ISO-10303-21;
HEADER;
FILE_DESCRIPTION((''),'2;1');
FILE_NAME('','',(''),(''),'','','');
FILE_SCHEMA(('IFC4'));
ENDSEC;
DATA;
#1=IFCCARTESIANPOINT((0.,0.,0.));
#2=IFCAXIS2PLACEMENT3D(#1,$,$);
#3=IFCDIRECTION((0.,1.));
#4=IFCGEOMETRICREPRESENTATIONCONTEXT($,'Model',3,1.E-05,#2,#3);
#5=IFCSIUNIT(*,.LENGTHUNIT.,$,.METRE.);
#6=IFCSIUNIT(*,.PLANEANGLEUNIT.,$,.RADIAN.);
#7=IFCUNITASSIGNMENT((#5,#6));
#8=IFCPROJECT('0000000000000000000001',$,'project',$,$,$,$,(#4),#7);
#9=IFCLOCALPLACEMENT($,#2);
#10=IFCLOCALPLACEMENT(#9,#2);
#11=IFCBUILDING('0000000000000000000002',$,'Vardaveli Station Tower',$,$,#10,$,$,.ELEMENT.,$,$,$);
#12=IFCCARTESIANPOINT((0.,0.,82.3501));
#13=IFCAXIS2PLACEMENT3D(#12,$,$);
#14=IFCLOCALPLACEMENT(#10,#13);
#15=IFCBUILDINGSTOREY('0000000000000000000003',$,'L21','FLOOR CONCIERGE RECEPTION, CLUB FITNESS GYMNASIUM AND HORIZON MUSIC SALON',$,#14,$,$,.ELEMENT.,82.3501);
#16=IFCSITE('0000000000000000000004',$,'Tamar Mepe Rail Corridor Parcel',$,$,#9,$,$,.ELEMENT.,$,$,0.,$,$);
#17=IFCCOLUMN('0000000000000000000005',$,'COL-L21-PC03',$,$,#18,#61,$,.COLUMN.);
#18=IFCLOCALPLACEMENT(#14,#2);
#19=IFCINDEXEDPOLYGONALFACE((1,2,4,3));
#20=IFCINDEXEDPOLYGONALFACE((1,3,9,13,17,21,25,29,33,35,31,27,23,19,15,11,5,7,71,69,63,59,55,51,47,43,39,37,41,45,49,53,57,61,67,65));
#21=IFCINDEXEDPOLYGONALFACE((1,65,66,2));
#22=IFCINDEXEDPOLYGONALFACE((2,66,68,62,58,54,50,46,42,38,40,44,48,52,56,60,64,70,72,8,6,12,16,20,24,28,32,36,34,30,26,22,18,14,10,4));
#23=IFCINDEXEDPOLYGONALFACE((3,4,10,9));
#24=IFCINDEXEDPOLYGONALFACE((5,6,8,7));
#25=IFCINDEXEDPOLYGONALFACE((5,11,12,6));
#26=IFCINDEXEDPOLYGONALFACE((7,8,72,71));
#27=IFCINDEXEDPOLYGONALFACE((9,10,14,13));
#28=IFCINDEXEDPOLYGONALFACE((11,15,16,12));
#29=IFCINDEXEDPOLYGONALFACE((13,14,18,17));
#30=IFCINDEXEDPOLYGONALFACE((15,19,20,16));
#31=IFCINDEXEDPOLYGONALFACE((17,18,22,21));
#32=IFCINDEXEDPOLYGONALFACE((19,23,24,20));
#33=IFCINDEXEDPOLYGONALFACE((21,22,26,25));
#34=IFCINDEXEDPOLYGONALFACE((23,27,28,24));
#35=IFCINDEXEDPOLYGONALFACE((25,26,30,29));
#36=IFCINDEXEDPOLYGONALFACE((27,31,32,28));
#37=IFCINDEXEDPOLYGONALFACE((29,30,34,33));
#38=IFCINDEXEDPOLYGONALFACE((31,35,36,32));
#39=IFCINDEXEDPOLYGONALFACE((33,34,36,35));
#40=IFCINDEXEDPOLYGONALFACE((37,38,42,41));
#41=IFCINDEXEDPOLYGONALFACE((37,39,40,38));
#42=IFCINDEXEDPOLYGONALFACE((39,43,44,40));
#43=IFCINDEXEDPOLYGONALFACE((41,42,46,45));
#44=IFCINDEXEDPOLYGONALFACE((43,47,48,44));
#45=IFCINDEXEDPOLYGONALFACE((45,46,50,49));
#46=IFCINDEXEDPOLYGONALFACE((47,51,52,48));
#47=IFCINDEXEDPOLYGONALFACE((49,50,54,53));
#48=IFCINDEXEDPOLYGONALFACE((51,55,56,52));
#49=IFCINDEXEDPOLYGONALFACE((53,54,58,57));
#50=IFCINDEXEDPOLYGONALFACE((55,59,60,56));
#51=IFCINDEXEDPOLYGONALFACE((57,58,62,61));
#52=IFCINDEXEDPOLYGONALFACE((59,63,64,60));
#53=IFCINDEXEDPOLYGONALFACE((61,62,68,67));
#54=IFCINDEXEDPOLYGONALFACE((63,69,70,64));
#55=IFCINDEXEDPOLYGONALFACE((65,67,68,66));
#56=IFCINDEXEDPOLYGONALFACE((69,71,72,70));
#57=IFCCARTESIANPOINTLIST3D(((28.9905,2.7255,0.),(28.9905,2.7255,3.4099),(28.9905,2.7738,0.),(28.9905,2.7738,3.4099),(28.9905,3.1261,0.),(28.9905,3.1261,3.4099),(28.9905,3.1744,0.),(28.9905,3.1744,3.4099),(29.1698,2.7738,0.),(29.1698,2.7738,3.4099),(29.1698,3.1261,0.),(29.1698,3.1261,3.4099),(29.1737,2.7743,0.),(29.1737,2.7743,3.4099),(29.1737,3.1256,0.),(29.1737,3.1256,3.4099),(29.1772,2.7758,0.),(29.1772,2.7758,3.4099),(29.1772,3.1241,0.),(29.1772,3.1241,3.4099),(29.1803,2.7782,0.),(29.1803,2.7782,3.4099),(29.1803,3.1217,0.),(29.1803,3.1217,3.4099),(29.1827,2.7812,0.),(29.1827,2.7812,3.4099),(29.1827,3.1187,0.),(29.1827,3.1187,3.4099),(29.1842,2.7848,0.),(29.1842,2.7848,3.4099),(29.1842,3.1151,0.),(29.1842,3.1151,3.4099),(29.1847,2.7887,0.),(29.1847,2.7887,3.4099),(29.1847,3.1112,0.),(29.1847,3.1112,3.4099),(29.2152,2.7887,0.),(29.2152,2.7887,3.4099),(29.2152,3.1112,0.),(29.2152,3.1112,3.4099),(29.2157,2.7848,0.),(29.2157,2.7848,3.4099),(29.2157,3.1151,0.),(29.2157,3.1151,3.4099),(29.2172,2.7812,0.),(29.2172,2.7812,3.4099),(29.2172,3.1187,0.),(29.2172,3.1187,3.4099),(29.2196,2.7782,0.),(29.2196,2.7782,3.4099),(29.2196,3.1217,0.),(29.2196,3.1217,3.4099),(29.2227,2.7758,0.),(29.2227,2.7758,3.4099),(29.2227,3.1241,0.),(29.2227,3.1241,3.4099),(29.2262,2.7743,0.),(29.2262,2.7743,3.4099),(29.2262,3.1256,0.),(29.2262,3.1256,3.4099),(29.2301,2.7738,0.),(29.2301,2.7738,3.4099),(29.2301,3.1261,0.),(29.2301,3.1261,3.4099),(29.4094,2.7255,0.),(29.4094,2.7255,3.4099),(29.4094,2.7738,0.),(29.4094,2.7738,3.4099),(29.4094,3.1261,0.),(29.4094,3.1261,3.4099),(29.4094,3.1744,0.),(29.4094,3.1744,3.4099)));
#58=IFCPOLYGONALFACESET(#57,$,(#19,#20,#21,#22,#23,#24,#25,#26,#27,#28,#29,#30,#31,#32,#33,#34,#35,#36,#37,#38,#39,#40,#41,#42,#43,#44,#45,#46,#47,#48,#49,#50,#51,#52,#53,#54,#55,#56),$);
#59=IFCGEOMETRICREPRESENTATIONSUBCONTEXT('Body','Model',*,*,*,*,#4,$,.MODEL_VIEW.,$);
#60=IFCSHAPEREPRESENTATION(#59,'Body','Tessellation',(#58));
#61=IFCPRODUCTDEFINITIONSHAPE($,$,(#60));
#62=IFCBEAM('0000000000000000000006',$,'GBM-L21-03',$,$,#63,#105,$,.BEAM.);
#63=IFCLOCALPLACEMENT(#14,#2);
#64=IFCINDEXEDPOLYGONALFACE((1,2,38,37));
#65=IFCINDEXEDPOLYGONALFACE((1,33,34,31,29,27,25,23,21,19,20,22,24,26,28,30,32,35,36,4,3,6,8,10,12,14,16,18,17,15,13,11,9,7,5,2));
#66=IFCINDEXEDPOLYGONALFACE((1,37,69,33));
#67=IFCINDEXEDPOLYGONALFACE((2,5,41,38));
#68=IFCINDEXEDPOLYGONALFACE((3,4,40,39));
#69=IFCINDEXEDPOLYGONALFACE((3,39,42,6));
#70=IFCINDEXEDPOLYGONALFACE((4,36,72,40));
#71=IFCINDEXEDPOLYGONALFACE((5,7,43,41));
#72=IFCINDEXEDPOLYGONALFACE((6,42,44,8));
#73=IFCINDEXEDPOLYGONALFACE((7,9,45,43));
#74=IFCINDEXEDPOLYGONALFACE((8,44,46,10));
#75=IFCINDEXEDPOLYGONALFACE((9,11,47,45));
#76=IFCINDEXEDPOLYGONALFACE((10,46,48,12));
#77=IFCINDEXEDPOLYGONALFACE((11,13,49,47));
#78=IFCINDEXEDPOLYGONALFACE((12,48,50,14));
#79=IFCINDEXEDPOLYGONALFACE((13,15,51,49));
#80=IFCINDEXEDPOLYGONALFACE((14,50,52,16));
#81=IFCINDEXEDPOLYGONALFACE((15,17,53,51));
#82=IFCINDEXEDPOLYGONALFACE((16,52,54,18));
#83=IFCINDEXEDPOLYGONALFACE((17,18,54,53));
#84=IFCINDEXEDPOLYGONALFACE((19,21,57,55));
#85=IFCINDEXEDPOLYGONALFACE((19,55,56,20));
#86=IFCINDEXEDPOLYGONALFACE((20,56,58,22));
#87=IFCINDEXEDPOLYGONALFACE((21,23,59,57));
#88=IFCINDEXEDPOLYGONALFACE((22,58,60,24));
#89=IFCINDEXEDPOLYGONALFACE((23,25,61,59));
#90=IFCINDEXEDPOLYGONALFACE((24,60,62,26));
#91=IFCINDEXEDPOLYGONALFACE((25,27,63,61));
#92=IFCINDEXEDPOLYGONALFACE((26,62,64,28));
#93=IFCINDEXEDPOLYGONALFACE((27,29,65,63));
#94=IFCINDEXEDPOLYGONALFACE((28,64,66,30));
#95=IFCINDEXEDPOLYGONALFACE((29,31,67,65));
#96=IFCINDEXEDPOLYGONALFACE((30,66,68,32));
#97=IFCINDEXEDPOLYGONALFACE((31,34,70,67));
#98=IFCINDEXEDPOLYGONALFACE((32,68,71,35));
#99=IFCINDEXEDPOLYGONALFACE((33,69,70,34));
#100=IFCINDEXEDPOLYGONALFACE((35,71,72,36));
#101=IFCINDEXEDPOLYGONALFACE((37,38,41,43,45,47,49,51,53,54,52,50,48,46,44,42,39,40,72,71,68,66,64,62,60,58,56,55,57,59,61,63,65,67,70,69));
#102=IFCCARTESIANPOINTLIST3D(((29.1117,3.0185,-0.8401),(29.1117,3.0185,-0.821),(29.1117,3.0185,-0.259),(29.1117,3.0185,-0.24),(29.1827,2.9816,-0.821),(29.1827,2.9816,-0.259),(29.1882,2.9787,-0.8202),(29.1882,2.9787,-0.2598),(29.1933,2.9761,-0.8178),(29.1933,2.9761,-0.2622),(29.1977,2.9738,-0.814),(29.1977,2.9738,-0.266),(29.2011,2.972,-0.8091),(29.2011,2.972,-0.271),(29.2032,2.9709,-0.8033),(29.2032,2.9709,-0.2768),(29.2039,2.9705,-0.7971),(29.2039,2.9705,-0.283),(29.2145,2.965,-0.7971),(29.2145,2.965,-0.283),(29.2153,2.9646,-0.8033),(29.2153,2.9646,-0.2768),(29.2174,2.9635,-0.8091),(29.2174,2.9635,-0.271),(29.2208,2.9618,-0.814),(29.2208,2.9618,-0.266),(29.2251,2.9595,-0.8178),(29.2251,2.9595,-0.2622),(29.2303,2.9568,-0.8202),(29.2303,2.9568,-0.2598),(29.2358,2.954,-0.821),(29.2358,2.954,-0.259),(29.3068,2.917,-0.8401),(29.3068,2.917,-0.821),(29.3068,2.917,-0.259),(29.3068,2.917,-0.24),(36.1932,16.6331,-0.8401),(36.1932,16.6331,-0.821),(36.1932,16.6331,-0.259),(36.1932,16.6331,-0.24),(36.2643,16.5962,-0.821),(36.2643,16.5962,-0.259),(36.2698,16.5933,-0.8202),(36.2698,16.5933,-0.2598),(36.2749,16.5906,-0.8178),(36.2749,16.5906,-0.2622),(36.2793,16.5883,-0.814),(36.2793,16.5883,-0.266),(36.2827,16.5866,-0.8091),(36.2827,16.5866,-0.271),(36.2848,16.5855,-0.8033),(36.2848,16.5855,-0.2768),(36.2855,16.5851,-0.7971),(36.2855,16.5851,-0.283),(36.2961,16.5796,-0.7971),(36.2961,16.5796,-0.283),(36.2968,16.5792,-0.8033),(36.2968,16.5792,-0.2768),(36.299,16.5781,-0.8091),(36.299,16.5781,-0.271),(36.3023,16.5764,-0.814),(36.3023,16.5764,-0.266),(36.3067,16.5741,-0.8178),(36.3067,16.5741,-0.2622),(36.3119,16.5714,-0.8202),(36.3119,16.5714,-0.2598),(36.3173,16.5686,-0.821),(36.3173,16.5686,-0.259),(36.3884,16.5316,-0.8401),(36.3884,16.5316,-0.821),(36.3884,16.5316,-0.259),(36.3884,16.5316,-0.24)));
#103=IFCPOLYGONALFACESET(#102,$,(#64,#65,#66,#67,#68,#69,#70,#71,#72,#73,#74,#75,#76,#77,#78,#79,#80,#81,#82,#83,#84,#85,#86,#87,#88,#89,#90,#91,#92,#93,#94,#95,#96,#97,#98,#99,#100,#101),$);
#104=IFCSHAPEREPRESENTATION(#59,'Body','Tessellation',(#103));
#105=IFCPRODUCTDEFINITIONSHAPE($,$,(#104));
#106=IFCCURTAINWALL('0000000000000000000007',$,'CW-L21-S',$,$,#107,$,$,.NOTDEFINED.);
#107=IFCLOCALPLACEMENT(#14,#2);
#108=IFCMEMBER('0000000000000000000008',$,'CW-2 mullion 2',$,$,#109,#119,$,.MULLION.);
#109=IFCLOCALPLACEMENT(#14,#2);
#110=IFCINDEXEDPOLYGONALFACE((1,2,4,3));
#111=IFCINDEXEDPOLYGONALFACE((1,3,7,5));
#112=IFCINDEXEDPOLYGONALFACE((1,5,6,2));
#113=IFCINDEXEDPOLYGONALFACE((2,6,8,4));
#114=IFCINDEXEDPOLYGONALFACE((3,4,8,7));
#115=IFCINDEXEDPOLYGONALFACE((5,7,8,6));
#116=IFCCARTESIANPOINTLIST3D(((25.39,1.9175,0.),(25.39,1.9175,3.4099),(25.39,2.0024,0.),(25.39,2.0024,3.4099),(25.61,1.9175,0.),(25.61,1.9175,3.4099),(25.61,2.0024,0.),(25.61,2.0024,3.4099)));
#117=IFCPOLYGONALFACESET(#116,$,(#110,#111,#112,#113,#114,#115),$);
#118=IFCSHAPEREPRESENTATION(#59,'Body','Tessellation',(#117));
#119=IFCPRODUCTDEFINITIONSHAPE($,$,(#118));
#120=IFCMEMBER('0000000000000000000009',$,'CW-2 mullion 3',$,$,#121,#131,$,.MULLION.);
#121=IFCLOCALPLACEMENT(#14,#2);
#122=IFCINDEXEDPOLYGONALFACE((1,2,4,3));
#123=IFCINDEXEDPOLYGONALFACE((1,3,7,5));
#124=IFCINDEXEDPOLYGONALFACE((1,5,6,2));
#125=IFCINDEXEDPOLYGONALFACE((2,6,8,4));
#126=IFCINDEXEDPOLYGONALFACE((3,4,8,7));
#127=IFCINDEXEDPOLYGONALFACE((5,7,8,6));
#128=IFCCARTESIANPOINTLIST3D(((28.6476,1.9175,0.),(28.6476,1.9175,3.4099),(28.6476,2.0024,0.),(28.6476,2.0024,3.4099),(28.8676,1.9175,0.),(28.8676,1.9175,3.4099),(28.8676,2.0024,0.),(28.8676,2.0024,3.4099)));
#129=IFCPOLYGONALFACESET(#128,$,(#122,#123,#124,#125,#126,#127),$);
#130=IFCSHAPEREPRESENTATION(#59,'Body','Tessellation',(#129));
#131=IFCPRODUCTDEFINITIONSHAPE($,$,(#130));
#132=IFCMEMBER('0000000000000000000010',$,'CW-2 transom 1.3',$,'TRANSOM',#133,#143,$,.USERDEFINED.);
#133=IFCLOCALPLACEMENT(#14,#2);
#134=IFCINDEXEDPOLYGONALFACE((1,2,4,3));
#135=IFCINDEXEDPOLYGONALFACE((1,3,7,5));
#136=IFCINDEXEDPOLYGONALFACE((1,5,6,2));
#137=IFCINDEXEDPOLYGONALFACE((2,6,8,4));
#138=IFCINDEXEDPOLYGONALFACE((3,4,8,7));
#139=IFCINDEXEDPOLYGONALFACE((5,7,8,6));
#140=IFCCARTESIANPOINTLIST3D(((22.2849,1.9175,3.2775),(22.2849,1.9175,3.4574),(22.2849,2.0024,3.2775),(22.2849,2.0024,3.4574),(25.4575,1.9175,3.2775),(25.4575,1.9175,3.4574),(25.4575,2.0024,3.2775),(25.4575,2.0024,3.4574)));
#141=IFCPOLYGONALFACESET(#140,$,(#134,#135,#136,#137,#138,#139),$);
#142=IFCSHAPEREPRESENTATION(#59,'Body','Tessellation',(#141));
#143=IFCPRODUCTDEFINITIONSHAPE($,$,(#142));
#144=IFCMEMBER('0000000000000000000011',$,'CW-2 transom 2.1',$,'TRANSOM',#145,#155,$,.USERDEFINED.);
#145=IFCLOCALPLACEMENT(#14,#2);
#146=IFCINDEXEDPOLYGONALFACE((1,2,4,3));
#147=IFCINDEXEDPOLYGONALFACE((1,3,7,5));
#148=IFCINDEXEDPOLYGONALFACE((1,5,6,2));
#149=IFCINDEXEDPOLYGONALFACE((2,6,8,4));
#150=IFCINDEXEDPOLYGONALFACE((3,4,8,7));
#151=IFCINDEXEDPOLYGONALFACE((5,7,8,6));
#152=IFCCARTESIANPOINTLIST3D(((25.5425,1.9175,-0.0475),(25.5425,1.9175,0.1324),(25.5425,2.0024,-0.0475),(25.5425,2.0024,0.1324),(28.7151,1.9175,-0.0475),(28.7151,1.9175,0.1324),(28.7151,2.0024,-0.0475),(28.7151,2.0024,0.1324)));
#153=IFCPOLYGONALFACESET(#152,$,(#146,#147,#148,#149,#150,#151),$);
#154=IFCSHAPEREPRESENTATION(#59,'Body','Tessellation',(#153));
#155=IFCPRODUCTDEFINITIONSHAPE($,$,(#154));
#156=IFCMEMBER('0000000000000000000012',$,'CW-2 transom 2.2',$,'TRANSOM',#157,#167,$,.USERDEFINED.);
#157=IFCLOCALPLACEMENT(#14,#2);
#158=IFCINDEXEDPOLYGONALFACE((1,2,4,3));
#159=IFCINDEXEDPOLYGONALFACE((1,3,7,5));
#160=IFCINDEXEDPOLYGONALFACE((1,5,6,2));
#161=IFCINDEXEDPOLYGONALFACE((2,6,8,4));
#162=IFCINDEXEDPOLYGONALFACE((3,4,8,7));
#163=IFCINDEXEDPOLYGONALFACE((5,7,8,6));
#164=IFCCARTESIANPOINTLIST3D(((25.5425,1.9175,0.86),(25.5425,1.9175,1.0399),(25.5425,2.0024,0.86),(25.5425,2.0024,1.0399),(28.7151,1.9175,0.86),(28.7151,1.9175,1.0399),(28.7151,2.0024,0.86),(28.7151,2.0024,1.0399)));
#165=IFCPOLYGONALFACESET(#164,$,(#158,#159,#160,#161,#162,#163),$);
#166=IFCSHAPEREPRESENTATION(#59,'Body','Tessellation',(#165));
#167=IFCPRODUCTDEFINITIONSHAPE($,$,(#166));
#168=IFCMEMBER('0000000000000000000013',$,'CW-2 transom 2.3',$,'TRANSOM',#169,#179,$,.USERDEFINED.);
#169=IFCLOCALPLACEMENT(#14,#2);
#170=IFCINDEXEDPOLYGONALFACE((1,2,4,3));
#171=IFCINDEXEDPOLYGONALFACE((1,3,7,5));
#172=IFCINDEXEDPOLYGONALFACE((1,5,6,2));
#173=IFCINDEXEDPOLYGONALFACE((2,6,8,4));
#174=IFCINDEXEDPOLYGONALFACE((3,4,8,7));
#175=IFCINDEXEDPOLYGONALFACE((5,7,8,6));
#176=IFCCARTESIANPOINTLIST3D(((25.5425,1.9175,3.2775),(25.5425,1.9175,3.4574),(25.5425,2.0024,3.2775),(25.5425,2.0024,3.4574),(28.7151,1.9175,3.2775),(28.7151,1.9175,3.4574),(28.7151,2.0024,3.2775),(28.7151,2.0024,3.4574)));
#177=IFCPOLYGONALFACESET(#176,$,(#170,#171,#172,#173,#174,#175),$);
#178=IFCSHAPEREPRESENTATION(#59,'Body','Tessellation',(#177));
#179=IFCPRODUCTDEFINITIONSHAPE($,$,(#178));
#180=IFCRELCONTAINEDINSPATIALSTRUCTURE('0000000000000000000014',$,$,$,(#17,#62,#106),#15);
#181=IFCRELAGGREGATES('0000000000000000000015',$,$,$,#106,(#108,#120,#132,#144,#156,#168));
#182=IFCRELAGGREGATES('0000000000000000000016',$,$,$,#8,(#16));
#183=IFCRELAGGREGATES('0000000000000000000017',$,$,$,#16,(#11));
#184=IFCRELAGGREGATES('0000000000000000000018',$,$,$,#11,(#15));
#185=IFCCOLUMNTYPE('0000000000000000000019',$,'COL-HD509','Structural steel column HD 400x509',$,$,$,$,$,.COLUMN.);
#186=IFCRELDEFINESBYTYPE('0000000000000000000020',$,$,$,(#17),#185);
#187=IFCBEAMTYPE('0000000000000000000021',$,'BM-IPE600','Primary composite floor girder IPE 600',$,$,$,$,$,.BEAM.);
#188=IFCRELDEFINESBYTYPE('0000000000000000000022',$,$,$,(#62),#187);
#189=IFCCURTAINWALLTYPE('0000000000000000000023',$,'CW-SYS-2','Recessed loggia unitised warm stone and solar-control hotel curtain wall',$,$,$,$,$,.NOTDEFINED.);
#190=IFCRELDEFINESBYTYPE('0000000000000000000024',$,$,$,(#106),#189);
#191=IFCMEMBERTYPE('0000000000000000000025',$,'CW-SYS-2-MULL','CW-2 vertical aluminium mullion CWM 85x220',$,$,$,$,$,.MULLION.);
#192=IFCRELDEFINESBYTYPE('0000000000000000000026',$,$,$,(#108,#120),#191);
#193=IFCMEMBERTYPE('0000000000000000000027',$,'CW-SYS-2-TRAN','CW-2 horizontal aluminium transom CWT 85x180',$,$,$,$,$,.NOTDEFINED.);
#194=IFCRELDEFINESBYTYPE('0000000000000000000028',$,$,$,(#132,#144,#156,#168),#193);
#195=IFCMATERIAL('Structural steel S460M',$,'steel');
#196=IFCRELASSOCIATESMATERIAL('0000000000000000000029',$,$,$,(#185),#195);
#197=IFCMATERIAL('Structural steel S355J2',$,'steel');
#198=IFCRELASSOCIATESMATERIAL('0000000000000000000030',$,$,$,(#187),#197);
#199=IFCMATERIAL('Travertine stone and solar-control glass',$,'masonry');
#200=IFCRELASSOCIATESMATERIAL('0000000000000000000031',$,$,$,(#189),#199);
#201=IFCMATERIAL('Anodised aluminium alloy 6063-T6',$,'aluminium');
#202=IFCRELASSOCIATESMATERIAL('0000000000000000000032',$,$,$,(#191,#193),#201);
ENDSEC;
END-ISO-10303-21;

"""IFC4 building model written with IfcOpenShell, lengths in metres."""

from ifc_helpers import new_model, si_unit, direction, frame, origin, origin_2d, place, context, subcontext, project, spatial, rectangle, i_section, extrude, source, transform, mapped, material, material_profile, profile_set, type_object, element, aggregate, save


model = new_model("IFC4")

# Units and contexts
model_context = context("Model", 3, precision=1e-05, world=origin(), true_north=direction((0.0, 1.0)))
body_context = subcontext(model_context, "Body", "Model", "MODEL_VIEW")
ifc_project = project(units=[si_unit("LENGTHUNIT", "METRE"), si_unit("PLANEANGLEUNIT", "RADIAN")], contexts=[model_context])

# Site, building, storey
site_placement = place(None, origin())
site = spatial("IfcSite", under=ifc_project, at=site_placement, Name="Tamar Mepe Rail Corridor Parcel", CompositionType="ELEMENT", RefElevation=0.0)
building_placement = place(site_placement, origin())
building = spatial("IfcBuilding", under=site, at=building_placement, Name="Vardaveli Station Tower", CompositionType="ELEMENT")
storey_placement = place(building_placement, frame((0.0, 0.0, 82.3501)))
storey = spatial("IfcBuildingStorey", under=building, at=storey_placement, Name="L21", Description="FLOOR CONCIERGE RECEPTION, CLUB FITNESS GYMNASIUM AND HORIZON MUSIC SALON", CompositionType="ELEMENT", Elevation=82.3501)

# Column
ifc_material_1 = material(Name="Structural steel S460M", Category="steel")
ifc_material_profile_1 = material_profile(ifc_material_1, i_section(OverallWidth=0.4189, OverallDepth=0.449, WebThickness=0.0305, FlangeThickness=0.0483, FilletRadius=0.0149, at=origin_2d()), Name="HD 400x509")
ifc_profile_set_1 = profile_set([ifc_material_profile_1], Name="Structural steel S460M")
column_type = type_object("IfcColumnType", Name="COL-HD509", Description="Structural steel column HD 400x509", PredefinedType="COLUMN", material=ifc_profile_set_1)
shared_shape_1 = source(origin(), body_context, "Body", "SweptSolid", [
    extrude(i_section(OverallWidth=0.4189, OverallDepth=0.449, WebThickness=0.0305, FlangeThickness=0.0483, FilletRadius=0.0149, at=origin_2d()), origin(), (0.0, 0.0, 1.0), 3.4099),
])
column_placement = place(storey_placement, frame((29.2, 2.95, 0.0), z_axis=(0.0, 0.0, 1.0), x_axis=(1.0, 0.0, 0.0)))
element("IfcColumn", 1, at=column_placement, inside=storey, type_object=column_type, Name="COL-L21-PC03", PredefinedType="COLUMN", context=body_context, shape_type="MappedRepresentation", body=[
    mapped(shared_shape_1, transform((0.0, 0.0, 0.0), scale=1.0)),
])

# Beam
ifc_material_2 = material(Name="Structural steel S355J2", Category="steel")
ifc_material_profile_2 = material_profile(ifc_material_2, i_section(OverallWidth=0.22, OverallDepth=0.6001, WebThickness=0.012, FlangeThickness=0.019, FilletRadius=0.0239, at=origin_2d()), Name="IPE 600")
ifc_profile_set_2 = profile_set([ifc_material_profile_2], Name="Structural steel S355J2")
beam_type = type_object("IfcBeamType", Name="BM-IPE600", Description="Primary composite floor girder IPE 600", PredefinedType="BEAM", material=ifc_profile_set_2)
shared_shape_2 = source(origin(), body_context, "Body", "SweptSolid", [
    extrude(i_section(OverallWidth=0.22, OverallDepth=0.6001, WebThickness=0.012, FlangeThickness=0.019, FilletRadius=0.0239, at=origin_2d()), origin(), (0.0, 0.0, 1.0), 15.3462),
])
beam_placement = place(storey_placement, frame((29.2092, 2.9678, -0.54), z_axis=(0.461455, 0.887163, 0.0), x_axis=(-0.887163, 0.461455, 0.0)))
element("IfcBeam", 2, at=beam_placement, inside=storey, type_object=beam_type, Name="GBM-L21-03", PredefinedType="BEAM", context=body_context, shape_type="MappedRepresentation", body=[
    mapped(shared_shape_2, transform((0.0, 0.0, 0.0), scale=1.0)),
])

# Curtain wall, members
ifc_material_3 = material(Name="Travertine stone and solar-control glass", Category="masonry")
curtain_wall_type = type_object("IfcCurtainWallType", Name="CW-SYS-2", Description="Recessed loggia unitised warm stone and solar-control hotel curtain wall", PredefinedType="NOTDEFINED", material=ifc_material_3)
curtain_wall_placement = place(storey_placement, origin())
curtain_wall = element("IfcCurtainWall", 3, at=curtain_wall_placement, inside=storey, type_object=curtain_wall_type, Name="CW-L21-S", PredefinedType="NOTDEFINED")
ifc_material_4 = material(Name="Anodised aluminium alloy 6063-T6", Category="aluminium")
ifc_material_profile_3 = material_profile(ifc_material_4, rectangle(XDim=0.085, YDim=0.22, at=origin_2d()), Name="CWM 85x220")
ifc_profile_set_3 = profile_set([ifc_material_profile_3], Name="Anodised aluminium alloy 6063-T6")
member_type_1 = type_object("IfcMemberType", Name="CW-SYS-2-MULL", Description="CW-2 vertical aluminium mullion CWM 85x220", PredefinedType="MULLION", material=ifc_profile_set_3)
shared_shape_3 = source(origin(), body_context, "Body", "SweptSolid", [
    extrude(rectangle(XDim=0.085, YDim=0.22, at=origin_2d()), origin(), (0.0, 0.0, 1.0), 3.4099),
])
member_1_placement = place(storey_placement, frame((25.5, 1.96, 0.0), z_axis=(0.0, 0.0, 1.0), x_axis=(0.0, 1.0, 0.0)))
member_1 = element("IfcMember", 4, at=member_1_placement, type_object=member_type_1, Name="CW-2 mullion 2", PredefinedType="MULLION", context=body_context, shape_type="MappedRepresentation", body=[
    mapped(shared_shape_3, transform((0.0, 0.0, 0.0), scale=1.0)),
])
member_2_placement = place(storey_placement, frame((28.7576, 1.96, 0.0), z_axis=(0.0, 0.0, 1.0), x_axis=(0.0, 1.0, 0.0)))
member_2 = element("IfcMember", 5, at=member_2_placement, type_object=member_type_1, Name="CW-2 mullion 3", PredefinedType="MULLION", context=body_context, shape_type="MappedRepresentation", body=[
    mapped(shared_shape_3, transform((0.0, 0.0, 0.0), scale=1.0)),
])
ifc_material_profile_4 = material_profile(ifc_material_4, rectangle(XDim=0.085, YDim=0.1799, at=origin_2d()), Name="CWT 85x180")
ifc_profile_set_4 = profile_set([ifc_material_profile_4], Name="Anodised aluminium alloy 6063-T6")
member_type_2 = type_object("IfcMemberType", Name="CW-SYS-2-TRAN", Description="CW-2 horizontal aluminium transom CWT 85x180", PredefinedType="NOTDEFINED", material=ifc_profile_set_4)
shared_shape_4 = source(origin(), body_context, "Body", "SweptSolid", [
    extrude(rectangle(XDim=0.085, YDim=0.1799, at=origin_2d()), origin(), (0.0, 0.0, 1.0), 3.1726),
])
member_3_placement = place(storey_placement, frame((22.2849, 1.96, 3.3674), z_axis=(1.0, 0.0, 0.0), x_axis=(0.0, 1.0, 0.0)))
member_3 = element("IfcMember", 6, at=member_3_placement, type_object=member_type_2, Name="CW-2 transom 1.3", ObjectType="TRANSOM", PredefinedType="USERDEFINED", context=body_context, shape_type="MappedRepresentation", body=[
    mapped(shared_shape_4, transform((0.0, 0.0, 0.0), scale=1.0)),
])
member_4_placement = place(storey_placement, frame((25.5425, 1.96, 0.0425), z_axis=(1.0, 0.0, 0.0), x_axis=(0.0, 1.0, 0.0)))
member_4 = element("IfcMember", 7, at=member_4_placement, type_object=member_type_2, Name="CW-2 transom 2.1", ObjectType="TRANSOM", PredefinedType="USERDEFINED", context=body_context, shape_type="MappedRepresentation", body=[
    mapped(shared_shape_4, transform((0.0, 0.0, 0.0), scale=1.0)),
])
member_5_placement = place(storey_placement, frame((25.5425, 1.96, 0.95), z_axis=(1.0, 0.0, 0.0), x_axis=(0.0, 1.0, 0.0)))
member_5 = element("IfcMember", 8, at=member_5_placement, type_object=member_type_2, Name="CW-2 transom 2.2", ObjectType="TRANSOM", PredefinedType="USERDEFINED", context=body_context, shape_type="MappedRepresentation", body=[
    mapped(shared_shape_4, transform((0.0, 0.0, 0.0), scale=1.0)),
])
member_6_placement = place(storey_placement, frame((25.5425, 1.96, 3.3674), z_axis=(1.0, 0.0, 0.0), x_axis=(0.0, 1.0, 0.0)))
member_6 = element("IfcMember", 9, at=member_6_placement, type_object=member_type_2, Name="CW-2 transom 2.3", ObjectType="TRANSOM", PredefinedType="USERDEFINED", context=body_context, shape_type="MappedRepresentation", body=[
    mapped(shared_shape_4, transform((0.0, 0.0, 0.0), scale=1.0)),
])
aggregate(curtain_wall, [member_1, member_2, member_3, member_4, member_5, member_6])

save(model, "model.ifc")
